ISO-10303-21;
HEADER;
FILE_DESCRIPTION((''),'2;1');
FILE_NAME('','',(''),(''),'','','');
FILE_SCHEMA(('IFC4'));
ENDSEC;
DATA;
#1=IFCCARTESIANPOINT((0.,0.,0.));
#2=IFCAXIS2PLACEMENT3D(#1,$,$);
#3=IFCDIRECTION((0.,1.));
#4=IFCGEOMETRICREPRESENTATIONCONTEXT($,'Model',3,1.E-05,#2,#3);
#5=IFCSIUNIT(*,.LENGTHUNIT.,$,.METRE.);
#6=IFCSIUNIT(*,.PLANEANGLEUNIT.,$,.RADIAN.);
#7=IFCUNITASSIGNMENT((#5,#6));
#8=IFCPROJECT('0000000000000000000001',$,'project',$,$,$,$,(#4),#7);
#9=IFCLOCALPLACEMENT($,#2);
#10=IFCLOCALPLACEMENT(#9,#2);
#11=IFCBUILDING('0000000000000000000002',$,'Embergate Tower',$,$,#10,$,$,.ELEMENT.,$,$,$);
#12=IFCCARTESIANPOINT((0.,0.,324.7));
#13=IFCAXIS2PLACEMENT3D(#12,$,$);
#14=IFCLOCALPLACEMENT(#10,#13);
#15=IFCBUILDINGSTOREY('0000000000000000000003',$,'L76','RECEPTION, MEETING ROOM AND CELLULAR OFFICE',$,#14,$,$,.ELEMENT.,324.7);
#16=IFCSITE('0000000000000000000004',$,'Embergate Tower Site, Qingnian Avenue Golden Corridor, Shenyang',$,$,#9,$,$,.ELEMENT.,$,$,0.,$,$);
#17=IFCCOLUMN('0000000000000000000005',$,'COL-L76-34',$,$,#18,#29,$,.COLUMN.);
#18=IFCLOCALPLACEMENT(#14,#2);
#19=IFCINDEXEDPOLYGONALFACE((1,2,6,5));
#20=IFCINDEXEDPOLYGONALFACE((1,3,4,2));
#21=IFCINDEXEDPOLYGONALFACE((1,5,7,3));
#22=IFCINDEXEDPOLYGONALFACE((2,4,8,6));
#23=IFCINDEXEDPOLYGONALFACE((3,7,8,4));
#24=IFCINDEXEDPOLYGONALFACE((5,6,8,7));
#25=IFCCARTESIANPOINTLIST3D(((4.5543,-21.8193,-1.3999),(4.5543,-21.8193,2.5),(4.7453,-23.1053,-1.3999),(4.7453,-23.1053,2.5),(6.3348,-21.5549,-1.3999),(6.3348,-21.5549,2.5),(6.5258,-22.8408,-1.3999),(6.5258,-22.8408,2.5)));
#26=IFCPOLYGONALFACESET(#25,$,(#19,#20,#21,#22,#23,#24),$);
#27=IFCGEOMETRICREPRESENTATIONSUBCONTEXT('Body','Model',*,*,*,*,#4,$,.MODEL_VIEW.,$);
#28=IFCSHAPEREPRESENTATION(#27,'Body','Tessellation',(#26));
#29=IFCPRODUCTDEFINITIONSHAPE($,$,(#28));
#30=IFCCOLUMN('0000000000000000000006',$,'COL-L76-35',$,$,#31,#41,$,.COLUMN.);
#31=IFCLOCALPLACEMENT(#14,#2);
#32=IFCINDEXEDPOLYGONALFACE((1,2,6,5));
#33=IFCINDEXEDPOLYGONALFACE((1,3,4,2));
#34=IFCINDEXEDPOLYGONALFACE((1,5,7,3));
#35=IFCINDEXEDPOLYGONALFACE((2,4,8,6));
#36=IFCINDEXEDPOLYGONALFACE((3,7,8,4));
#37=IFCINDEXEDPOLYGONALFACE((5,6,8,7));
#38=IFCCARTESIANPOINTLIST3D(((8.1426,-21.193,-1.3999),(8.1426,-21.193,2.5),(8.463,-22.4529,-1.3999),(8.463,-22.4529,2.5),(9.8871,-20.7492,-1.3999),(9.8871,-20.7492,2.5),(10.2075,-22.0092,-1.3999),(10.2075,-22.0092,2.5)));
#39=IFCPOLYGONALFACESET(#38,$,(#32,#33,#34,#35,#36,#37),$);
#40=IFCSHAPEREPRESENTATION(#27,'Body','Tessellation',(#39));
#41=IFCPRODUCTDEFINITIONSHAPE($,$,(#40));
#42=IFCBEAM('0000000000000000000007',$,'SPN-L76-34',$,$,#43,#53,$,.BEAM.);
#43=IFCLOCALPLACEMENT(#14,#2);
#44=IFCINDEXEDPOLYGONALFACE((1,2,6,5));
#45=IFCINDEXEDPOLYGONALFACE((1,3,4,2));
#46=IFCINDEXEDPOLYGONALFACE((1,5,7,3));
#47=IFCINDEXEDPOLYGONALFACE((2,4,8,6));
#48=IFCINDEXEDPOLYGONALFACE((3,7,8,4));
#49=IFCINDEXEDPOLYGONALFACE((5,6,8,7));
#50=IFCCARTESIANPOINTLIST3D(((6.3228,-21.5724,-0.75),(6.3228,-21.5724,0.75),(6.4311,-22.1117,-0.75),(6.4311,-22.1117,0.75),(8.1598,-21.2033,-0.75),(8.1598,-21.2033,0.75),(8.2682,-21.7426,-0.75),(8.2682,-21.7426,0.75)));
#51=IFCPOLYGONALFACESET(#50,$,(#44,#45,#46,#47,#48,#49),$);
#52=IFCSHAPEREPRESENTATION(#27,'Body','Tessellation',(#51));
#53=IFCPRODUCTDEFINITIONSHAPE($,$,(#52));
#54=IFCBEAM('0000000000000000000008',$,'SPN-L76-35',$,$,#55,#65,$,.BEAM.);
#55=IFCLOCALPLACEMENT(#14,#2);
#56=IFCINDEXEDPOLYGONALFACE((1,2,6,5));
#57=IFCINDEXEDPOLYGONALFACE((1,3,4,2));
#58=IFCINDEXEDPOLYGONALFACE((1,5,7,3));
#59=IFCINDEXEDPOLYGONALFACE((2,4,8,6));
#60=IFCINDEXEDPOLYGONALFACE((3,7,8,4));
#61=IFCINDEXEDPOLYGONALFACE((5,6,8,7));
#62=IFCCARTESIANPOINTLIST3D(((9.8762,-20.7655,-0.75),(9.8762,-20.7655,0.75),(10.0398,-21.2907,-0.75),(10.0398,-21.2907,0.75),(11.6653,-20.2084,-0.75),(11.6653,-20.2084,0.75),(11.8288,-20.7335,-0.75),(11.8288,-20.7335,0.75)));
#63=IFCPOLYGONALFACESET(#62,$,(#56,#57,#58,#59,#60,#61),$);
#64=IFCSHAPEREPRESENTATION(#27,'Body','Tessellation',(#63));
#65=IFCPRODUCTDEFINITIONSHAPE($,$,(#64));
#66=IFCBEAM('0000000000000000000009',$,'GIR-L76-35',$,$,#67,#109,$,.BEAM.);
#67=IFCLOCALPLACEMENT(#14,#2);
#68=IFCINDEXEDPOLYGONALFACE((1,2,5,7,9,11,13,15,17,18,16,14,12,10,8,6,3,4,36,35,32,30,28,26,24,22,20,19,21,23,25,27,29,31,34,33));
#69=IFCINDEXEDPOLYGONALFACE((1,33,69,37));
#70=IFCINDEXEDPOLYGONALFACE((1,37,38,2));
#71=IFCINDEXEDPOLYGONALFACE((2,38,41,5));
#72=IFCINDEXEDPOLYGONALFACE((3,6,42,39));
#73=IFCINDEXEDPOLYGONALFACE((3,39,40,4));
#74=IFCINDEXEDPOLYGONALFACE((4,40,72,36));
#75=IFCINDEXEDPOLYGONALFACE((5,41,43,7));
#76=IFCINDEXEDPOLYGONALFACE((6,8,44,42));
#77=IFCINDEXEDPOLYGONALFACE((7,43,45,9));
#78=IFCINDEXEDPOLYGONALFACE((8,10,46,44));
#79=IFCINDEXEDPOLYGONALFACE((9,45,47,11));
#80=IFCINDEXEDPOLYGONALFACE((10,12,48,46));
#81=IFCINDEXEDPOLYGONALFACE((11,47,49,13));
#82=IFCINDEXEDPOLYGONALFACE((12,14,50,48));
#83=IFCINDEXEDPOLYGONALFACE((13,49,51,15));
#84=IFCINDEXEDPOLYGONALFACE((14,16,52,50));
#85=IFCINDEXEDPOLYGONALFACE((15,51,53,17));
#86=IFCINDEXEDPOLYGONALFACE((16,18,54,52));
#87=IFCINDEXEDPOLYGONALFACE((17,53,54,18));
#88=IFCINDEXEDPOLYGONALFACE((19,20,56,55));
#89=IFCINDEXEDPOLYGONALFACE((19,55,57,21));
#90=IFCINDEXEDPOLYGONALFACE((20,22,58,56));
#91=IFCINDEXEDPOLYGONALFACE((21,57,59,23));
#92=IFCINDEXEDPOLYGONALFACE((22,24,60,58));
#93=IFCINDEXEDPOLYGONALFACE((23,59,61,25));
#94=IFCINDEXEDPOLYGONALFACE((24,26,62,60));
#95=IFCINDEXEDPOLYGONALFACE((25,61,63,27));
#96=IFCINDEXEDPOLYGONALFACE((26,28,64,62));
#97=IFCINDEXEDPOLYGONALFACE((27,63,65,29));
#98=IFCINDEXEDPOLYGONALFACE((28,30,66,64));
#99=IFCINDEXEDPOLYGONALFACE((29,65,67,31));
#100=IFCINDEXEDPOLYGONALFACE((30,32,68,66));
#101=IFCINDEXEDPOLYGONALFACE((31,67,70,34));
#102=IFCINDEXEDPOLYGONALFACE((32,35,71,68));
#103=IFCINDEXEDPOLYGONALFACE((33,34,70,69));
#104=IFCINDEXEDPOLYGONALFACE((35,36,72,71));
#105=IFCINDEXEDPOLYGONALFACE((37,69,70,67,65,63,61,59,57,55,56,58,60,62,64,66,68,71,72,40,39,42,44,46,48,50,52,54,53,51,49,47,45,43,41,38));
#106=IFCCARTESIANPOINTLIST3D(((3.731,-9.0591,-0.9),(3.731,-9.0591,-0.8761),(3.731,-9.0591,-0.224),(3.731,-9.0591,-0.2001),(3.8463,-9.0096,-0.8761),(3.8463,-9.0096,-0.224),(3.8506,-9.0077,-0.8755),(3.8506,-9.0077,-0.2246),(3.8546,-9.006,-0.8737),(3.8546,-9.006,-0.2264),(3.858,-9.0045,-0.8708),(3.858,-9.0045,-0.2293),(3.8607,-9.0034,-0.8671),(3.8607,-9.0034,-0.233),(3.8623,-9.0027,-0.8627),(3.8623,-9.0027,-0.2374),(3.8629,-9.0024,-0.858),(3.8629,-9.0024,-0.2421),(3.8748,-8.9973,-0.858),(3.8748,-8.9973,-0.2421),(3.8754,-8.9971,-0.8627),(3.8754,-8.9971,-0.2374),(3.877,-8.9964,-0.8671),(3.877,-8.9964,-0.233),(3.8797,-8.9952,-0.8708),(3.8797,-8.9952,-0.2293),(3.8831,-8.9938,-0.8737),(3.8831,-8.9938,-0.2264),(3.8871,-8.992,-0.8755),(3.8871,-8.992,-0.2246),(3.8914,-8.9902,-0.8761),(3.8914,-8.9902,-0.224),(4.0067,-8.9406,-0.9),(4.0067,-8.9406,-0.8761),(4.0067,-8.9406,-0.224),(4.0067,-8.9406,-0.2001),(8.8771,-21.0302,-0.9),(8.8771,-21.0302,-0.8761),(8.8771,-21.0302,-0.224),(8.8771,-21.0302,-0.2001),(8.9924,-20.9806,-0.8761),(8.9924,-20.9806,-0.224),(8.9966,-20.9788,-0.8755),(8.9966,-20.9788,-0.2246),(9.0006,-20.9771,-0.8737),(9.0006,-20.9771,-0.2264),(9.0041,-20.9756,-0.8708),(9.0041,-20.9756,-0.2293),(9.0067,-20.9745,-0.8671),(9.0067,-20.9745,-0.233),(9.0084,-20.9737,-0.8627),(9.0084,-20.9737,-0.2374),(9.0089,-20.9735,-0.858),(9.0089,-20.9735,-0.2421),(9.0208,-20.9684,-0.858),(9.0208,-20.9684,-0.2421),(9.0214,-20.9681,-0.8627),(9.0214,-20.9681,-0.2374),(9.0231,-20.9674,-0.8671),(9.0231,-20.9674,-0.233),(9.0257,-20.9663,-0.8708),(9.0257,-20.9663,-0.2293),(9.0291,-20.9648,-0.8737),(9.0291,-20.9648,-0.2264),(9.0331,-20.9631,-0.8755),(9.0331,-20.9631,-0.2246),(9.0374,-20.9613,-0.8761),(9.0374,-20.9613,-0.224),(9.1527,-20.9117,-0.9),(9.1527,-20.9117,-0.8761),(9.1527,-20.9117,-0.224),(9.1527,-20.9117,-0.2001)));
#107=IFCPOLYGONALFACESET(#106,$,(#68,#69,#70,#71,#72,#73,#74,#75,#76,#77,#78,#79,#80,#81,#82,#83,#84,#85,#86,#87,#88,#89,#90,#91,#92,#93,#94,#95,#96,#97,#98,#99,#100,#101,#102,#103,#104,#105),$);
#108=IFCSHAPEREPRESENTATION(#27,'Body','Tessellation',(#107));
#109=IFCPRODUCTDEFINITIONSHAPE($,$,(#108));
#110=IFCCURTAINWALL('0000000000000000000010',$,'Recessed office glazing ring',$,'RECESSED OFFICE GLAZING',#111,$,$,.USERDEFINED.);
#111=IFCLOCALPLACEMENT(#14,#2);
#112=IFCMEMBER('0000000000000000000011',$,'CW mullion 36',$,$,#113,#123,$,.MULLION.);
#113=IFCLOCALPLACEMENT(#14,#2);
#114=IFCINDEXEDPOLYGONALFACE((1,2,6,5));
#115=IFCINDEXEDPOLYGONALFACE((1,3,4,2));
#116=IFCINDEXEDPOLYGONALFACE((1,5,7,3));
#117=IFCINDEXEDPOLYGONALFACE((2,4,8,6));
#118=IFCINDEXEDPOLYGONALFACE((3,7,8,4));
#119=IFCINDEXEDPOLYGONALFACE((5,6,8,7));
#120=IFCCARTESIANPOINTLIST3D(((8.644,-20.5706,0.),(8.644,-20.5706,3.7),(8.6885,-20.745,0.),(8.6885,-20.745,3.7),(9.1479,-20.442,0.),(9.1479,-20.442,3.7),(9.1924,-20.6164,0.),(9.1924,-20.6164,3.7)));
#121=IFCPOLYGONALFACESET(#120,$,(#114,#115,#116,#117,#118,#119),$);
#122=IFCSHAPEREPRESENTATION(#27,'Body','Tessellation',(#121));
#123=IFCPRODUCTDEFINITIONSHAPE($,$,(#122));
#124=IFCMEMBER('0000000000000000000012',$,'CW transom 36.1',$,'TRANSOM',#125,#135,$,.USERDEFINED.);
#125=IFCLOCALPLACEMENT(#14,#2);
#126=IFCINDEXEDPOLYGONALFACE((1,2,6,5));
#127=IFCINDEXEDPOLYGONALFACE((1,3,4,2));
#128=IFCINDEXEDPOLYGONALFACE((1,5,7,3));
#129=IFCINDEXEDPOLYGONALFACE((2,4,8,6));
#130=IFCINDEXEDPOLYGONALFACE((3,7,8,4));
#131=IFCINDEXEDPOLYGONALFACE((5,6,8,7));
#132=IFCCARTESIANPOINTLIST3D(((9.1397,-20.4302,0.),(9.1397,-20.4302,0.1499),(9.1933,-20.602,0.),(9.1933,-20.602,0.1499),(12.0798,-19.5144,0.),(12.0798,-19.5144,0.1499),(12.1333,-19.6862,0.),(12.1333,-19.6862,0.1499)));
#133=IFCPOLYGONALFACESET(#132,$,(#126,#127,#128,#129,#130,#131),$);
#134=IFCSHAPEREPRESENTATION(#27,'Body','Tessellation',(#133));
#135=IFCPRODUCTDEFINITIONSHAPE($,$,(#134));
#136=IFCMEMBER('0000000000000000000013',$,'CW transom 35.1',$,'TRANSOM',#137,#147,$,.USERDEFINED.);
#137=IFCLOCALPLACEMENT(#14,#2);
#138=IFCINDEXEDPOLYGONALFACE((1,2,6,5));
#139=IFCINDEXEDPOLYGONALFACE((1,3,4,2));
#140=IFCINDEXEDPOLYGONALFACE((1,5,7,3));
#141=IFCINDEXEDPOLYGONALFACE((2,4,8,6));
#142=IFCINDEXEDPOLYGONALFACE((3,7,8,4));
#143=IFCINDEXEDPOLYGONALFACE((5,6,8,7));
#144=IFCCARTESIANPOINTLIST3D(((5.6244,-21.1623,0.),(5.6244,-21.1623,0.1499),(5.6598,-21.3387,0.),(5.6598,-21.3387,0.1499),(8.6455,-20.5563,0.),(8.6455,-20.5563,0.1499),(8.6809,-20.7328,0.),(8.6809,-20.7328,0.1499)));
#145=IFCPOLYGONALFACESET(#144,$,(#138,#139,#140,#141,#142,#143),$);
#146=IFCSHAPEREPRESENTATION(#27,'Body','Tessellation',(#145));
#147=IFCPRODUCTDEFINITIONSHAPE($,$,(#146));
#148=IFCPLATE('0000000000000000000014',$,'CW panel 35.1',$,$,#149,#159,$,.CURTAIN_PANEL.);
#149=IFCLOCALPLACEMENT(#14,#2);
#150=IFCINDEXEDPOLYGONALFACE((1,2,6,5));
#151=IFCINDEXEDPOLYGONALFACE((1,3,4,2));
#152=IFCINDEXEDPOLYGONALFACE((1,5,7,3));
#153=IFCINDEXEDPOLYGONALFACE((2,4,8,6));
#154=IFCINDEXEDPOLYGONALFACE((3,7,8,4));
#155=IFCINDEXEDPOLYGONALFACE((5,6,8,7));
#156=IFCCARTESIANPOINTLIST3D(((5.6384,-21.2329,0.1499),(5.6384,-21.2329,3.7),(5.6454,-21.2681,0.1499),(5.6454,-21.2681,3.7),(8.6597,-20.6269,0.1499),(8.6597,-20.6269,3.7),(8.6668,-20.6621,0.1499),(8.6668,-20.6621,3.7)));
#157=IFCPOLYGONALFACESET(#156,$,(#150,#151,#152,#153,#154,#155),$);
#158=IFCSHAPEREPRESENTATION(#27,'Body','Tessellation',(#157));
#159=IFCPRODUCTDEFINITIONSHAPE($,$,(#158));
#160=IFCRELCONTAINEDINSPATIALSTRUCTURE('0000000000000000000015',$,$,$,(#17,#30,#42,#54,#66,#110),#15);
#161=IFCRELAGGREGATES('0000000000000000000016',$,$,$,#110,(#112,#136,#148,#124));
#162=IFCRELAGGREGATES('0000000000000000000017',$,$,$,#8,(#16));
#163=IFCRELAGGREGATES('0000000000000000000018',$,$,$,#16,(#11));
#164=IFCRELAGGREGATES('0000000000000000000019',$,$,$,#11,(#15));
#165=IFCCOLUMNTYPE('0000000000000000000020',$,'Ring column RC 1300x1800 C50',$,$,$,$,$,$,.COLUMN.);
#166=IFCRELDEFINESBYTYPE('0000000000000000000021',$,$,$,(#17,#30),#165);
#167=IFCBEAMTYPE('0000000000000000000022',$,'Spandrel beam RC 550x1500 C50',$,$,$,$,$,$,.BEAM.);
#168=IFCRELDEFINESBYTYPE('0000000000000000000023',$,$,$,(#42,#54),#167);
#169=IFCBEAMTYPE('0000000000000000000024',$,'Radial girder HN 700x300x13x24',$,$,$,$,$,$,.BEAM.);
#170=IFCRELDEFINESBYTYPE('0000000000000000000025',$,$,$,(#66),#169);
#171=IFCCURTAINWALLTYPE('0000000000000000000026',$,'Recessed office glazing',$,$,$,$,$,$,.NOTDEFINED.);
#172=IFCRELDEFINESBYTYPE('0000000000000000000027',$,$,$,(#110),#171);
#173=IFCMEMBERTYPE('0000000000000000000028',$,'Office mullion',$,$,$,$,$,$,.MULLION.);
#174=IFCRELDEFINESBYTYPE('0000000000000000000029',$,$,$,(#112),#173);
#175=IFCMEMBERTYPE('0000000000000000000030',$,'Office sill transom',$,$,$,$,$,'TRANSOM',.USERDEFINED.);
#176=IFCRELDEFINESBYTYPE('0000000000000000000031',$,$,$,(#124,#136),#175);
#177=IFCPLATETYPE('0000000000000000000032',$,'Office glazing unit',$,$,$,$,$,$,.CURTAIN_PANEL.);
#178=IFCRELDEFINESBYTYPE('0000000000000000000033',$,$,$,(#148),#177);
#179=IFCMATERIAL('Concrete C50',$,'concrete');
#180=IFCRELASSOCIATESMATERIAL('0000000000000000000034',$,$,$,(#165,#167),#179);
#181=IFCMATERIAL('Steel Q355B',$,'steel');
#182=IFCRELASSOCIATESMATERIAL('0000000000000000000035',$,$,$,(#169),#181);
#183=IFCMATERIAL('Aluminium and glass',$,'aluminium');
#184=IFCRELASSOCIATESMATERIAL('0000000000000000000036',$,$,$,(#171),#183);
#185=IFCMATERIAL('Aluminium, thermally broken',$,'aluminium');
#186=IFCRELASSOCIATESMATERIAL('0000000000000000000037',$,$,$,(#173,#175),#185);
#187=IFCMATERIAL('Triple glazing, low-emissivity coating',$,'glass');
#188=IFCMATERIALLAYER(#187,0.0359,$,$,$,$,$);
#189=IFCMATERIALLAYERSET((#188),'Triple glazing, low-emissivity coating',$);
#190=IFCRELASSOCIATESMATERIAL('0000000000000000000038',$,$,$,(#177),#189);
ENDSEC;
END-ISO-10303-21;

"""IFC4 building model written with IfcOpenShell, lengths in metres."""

from ifc_helpers import new_model, si_unit, direction, frame, origin, origin_2d, place, context, subcontext, project, spatial, rectangle, i_section, extrude, source, transform, mapped, material, layer, layer_set, material_profile, profile_set, type_object, element, aggregate, save


model = new_model("IFC4")

# Units and contexts
model_context = context("Model", 3, precision=1e-05, world=origin(), true_north=direction((0.0, 1.0)))
body_context = subcontext(model_context, "Body", "Model", "MODEL_VIEW")
ifc_project = project(units=[si_unit("LENGTHUNIT", "METRE"), si_unit("PLANEANGLEUNIT", "RADIAN")], contexts=[model_context])

# Site, building, storey
site_placement = place(None, origin())
site = spatial("IfcSite", under=ifc_project, at=site_placement, Name="Embergate Tower Site, Qingnian Avenue Golden Corridor, Shenyang", CompositionType="ELEMENT", RefElevation=0.0)
building_placement = place(site_placement, origin())
building = spatial("IfcBuilding", under=site, at=building_placement, Name="Embergate Tower", CompositionType="ELEMENT")
storey_placement = place(building_placement, frame((0.0, 0.0, 324.7)))
storey = spatial("IfcBuildingStorey", under=building, at=storey_placement, Name="L76", Description="RECEPTION, MEETING ROOM AND CELLULAR OFFICE", CompositionType="ELEMENT", Elevation=324.7)

# Columns
ifc_material_1 = material(Name="Concrete C50", Category="concrete")
ifc_material_profile_1 = material_profile(ifc_material_1, rectangle(XDim=1.3, YDim=1.8, at=origin_2d()), Name="RC 1300x1800")
ifc_profile_set_1 = profile_set([ifc_material_profile_1], Name="Concrete C50")
column_type = type_object("IfcColumnType", Name="Ring column RC 1300x1800 C50", PredefinedType="COLUMN", material=ifc_profile_set_1)
shared_shape_1 = source(origin(), body_context, "Body", "SweptSolid", [
    extrude(rectangle(XDim=1.3, YDim=1.8, at=origin_2d()), origin(), (0.0, 0.0, 1.0), 3.8999),
])
for number, where, z_axis, x_axis, name in (
    (1, (5.54, -22.3301, -1.3999), (0.0, 0.0, 1.0), (0.146929, -0.989147, 0.0), "COL-L76-34"),
    (2, (9.175, -21.6011, -1.3999), (0.0, 0.0, 1.0), (0.246509, -0.969141, 0.0), "COL-L76-35"),
):
    element("IfcColumn", number, at=place(storey_placement, frame(where, z_axis=z_axis, x_axis=x_axis)), inside=storey, type_object=column_type, Name=name, PredefinedType="COLUMN", context=body_context, shape_type="MappedRepresentation", body=[
        mapped(shared_shape_1, transform((0.0, 0.0, 0.0))),
    ])

# Beams
ifc_material_profile_2 = material_profile(ifc_material_1, rectangle(XDim=0.55, YDim=1.5, at=origin_2d()), Name="RC 550x1500")
ifc_profile_set_2 = profile_set([ifc_material_profile_2], Name="Concrete C50")
beam_type_1 = type_object("IfcBeamType", Name="Spandrel beam RC 550x1500 C50", PredefinedType="BEAM", material=ifc_profile_set_2)
shared_shape_2 = source(origin(), body_context, "Body", "SweptSolid", [
    extrude(rectangle(XDim=0.55, YDim=1.5, at=origin_2d()), origin(), (0.0, 0.0, 1.0), 1.8738),
])
for number, where, z_axis, x_axis, name in (
    (3, (6.377, -21.842, 0.0), (0.980405, 0.196993, 0.0), (-0.196993, 0.980405, 0.0), "SPN-L76-34"),
    (4, (9.958, -21.0281, 0.0), (0.954776, 0.297325, 0.0), (-0.297325, 0.954776, 0.0), "SPN-L76-35"),
):
    element("IfcBeam", number, at=place(storey_placement, frame(where, z_axis=z_axis, x_axis=x_axis)), inside=storey, type_object=beam_type_1, Name=name, PredefinedType="BEAM", context=body_context, shape_type="MappedRepresentation", body=[
        mapped(shared_shape_2, transform((0.0, 0.0, 0.0))),
    ])
ifc_material_2 = material(Name="Steel Q355B", Category="steel")
ifc_material_profile_3 = material_profile(ifc_material_2, i_section(OverallWidth=0.3, OverallDepth=0.7, WebThickness=0.0129, FlangeThickness=0.0239, FilletRadius=0.0181, at=origin_2d()), Name="HN 700x300x13x24")
ifc_profile_set_3 = profile_set([ifc_material_profile_3], Name="Steel Q355 grade B")
beam_type_2 = type_object("IfcBeamType", Name="Radial girder HN 700x300x13x24", PredefinedType="BEAM", material=ifc_profile_set_3)
shared_shape_3 = source(origin(), body_context, "Body", "SweptSolid", [
    extrude(i_section(OverallWidth=0.3, OverallDepth=0.7, WebThickness=0.0129, FlangeThickness=0.0239, FilletRadius=0.0181, at=origin_2d()), origin(), (0.0, 0.0, 1.0), 13.0303),
])
beam_placement = place(storey_placement, frame((9.0149, -20.9709, -0.55), z_axis=(-0.39493, 0.918711, 0.0), x_axis=(-0.918711, -0.39493, 0.0)))
element("IfcBeam", 5, at=beam_placement, inside=storey, type_object=beam_type_2, Name="GIR-L76-35", PredefinedType="BEAM", context=body_context, shape_type="MappedRepresentation", body=[
    mapped(shared_shape_3, transform((0.0, 0.0, 0.0))),
])

# Curtain wall, members, plate
ifc_material_3 = material(Name="Aluminium and glass", Category="aluminium")
curtain_wall_type = type_object("IfcCurtainWallType", Name="Recessed office glazing", PredefinedType="NOTDEFINED", material=ifc_material_3)
curtain_wall_placement = place(storey_placement, origin())
curtain_wall = element("IfcCurtainWall", 6, at=curtain_wall_placement, inside=storey, type_object=curtain_wall_type, Name="Recessed office glazing ring", ObjectType="RECESSED OFFICE GLAZING", PredefinedType="USERDEFINED")
ifc_material_4 = material(Name="Aluminium, thermally broken", Category="aluminium")
ifc_material_profile_4 = material_profile(ifc_material_4, rectangle(XDim=0.1799, YDim=0.52, at=origin_2d()), Name="AL 520x180")
ifc_profile_set_4 = profile_set([ifc_material_profile_4], Name="Aluminium, thermally broken")
member_type_1 = type_object("IfcMemberType", Name="Office mullion", PredefinedType="MULLION", material=ifc_profile_set_4)
shared_shape_4 = source(origin(), body_context, "Body", "SweptSolid", [
    extrude(rectangle(XDim=0.1799, YDim=0.52, at=origin_2d()), origin(), (0.0, 0.0, 1.0), 3.7),
])
member_1_placement = place(storey_placement, frame((8.9182, -20.5935, 0.0), z_axis=(0.0, 0.0, 1.0), x_axis=(-0.247312, 0.968936, 0.0)))
member_1 = element("IfcMember", 7, at=member_1_placement, type_object=member_type_1, Name="CW mullion 36", PredefinedType="MULLION", context=body_context, shape_type="MappedRepresentation", body=[
    mapped(shared_shape_4, transform((0.0, 0.0, 0.0))),
])
ifc_material_profile_5 = material_profile(ifc_material_4, rectangle(XDim=0.1799, YDim=0.1499, at=origin_2d()), Name="AL 150x180")
ifc_profile_set_5 = profile_set([ifc_material_profile_5], Name="Aluminium, thermally broken")
member_type_2 = type_object("IfcMemberType", Name="Office sill transom", ElementType="TRANSOM", PredefinedType="USERDEFINED", material=ifc_profile_set_5)
shared_shape_5 = source(origin(), body_context, "Body", "SweptSolid", [
    extrude(rectangle(XDim=0.1799, YDim=0.1499, at=origin_2d()), origin(), (0.0, 0.0, 1.0), 3.0793),
])
member_2_placement = place(storey_placement, frame((9.1665, -20.5161, 0.075), z_axis=(0.954753, 0.297399, 0.0), x_axis=(-0.297399, 0.954753, 0.0)))
member_2 = element("IfcMember", 8, at=member_2_placement, type_object=member_type_2, Name="CW transom 36.1", ObjectType="TRANSOM", PredefinedType="USERDEFINED", context=body_context, shape_type="MappedRepresentation", body=[
    mapped(shared_shape_5, transform((0.0, 0.0, 0.0))),
])
shared_shape_6 = source(origin(), body_context, "Body", "SweptSolid", [
    extrude(rectangle(XDim=0.1799, YDim=0.1499, at=origin_2d()), origin(), (0.0, 0.0, 1.0), 3.0813),
])
member_3_placement = place(storey_placement, frame((5.6421, -21.2505, 0.075), z_axis=(0.980474, 0.196649, 0.0), x_axis=(-0.196649, 0.980474, 0.0)))
member_3 = element("IfcMember", 9, at=member_3_placement, type_object=member_type_2, Name="CW transom 35.1", ObjectType="TRANSOM", PredefinedType="USERDEFINED", context=body_context, shape_type="MappedRepresentation", body=[
    mapped(shared_shape_6, transform((0.0, 0.0, 0.0))),
])
ifc_material_5 = material(Name="Triple glazing, low-emissivity coating", Category="glass")
ifc_layer_1 = layer(ifc_material_5, 0.0359)
ifc_layer_set_1 = layer_set([ifc_layer_1], Name="Triple glazing, low-emissivity coating")
plate_type = type_object("IfcPlateType", Name="Office glazing unit", PredefinedType="CURTAIN_PANEL", material=ifc_layer_set_1)
shared_shape_7 = source(origin(), body_context, "Body", "SweptSolid", [
    extrude(rectangle(XDim=3.0815, YDim=0.0359, at=origin_2d()), origin(), (0.0, 0.0, 1.0), 3.55),
])
plate_placement = place(storey_placement, frame((7.1526, -20.9475, 0.1499), z_axis=(0.0, 0.0, 1.0), x_axis=(0.980475, 0.196643, 0.0)))
plate = element("IfcPlate", 10, at=plate_placement, type_object=plate_type, Name="CW panel 35.1", PredefinedType="CURTAIN_PANEL", context=body_context, shape_type="MappedRepresentation", body=[
    mapped(shared_shape_7, transform((0.0, 0.0, 0.0))),
])
aggregate(curtain_wall, [member_1, member_3, plate, member_2])

save(model, "model.ifc")
